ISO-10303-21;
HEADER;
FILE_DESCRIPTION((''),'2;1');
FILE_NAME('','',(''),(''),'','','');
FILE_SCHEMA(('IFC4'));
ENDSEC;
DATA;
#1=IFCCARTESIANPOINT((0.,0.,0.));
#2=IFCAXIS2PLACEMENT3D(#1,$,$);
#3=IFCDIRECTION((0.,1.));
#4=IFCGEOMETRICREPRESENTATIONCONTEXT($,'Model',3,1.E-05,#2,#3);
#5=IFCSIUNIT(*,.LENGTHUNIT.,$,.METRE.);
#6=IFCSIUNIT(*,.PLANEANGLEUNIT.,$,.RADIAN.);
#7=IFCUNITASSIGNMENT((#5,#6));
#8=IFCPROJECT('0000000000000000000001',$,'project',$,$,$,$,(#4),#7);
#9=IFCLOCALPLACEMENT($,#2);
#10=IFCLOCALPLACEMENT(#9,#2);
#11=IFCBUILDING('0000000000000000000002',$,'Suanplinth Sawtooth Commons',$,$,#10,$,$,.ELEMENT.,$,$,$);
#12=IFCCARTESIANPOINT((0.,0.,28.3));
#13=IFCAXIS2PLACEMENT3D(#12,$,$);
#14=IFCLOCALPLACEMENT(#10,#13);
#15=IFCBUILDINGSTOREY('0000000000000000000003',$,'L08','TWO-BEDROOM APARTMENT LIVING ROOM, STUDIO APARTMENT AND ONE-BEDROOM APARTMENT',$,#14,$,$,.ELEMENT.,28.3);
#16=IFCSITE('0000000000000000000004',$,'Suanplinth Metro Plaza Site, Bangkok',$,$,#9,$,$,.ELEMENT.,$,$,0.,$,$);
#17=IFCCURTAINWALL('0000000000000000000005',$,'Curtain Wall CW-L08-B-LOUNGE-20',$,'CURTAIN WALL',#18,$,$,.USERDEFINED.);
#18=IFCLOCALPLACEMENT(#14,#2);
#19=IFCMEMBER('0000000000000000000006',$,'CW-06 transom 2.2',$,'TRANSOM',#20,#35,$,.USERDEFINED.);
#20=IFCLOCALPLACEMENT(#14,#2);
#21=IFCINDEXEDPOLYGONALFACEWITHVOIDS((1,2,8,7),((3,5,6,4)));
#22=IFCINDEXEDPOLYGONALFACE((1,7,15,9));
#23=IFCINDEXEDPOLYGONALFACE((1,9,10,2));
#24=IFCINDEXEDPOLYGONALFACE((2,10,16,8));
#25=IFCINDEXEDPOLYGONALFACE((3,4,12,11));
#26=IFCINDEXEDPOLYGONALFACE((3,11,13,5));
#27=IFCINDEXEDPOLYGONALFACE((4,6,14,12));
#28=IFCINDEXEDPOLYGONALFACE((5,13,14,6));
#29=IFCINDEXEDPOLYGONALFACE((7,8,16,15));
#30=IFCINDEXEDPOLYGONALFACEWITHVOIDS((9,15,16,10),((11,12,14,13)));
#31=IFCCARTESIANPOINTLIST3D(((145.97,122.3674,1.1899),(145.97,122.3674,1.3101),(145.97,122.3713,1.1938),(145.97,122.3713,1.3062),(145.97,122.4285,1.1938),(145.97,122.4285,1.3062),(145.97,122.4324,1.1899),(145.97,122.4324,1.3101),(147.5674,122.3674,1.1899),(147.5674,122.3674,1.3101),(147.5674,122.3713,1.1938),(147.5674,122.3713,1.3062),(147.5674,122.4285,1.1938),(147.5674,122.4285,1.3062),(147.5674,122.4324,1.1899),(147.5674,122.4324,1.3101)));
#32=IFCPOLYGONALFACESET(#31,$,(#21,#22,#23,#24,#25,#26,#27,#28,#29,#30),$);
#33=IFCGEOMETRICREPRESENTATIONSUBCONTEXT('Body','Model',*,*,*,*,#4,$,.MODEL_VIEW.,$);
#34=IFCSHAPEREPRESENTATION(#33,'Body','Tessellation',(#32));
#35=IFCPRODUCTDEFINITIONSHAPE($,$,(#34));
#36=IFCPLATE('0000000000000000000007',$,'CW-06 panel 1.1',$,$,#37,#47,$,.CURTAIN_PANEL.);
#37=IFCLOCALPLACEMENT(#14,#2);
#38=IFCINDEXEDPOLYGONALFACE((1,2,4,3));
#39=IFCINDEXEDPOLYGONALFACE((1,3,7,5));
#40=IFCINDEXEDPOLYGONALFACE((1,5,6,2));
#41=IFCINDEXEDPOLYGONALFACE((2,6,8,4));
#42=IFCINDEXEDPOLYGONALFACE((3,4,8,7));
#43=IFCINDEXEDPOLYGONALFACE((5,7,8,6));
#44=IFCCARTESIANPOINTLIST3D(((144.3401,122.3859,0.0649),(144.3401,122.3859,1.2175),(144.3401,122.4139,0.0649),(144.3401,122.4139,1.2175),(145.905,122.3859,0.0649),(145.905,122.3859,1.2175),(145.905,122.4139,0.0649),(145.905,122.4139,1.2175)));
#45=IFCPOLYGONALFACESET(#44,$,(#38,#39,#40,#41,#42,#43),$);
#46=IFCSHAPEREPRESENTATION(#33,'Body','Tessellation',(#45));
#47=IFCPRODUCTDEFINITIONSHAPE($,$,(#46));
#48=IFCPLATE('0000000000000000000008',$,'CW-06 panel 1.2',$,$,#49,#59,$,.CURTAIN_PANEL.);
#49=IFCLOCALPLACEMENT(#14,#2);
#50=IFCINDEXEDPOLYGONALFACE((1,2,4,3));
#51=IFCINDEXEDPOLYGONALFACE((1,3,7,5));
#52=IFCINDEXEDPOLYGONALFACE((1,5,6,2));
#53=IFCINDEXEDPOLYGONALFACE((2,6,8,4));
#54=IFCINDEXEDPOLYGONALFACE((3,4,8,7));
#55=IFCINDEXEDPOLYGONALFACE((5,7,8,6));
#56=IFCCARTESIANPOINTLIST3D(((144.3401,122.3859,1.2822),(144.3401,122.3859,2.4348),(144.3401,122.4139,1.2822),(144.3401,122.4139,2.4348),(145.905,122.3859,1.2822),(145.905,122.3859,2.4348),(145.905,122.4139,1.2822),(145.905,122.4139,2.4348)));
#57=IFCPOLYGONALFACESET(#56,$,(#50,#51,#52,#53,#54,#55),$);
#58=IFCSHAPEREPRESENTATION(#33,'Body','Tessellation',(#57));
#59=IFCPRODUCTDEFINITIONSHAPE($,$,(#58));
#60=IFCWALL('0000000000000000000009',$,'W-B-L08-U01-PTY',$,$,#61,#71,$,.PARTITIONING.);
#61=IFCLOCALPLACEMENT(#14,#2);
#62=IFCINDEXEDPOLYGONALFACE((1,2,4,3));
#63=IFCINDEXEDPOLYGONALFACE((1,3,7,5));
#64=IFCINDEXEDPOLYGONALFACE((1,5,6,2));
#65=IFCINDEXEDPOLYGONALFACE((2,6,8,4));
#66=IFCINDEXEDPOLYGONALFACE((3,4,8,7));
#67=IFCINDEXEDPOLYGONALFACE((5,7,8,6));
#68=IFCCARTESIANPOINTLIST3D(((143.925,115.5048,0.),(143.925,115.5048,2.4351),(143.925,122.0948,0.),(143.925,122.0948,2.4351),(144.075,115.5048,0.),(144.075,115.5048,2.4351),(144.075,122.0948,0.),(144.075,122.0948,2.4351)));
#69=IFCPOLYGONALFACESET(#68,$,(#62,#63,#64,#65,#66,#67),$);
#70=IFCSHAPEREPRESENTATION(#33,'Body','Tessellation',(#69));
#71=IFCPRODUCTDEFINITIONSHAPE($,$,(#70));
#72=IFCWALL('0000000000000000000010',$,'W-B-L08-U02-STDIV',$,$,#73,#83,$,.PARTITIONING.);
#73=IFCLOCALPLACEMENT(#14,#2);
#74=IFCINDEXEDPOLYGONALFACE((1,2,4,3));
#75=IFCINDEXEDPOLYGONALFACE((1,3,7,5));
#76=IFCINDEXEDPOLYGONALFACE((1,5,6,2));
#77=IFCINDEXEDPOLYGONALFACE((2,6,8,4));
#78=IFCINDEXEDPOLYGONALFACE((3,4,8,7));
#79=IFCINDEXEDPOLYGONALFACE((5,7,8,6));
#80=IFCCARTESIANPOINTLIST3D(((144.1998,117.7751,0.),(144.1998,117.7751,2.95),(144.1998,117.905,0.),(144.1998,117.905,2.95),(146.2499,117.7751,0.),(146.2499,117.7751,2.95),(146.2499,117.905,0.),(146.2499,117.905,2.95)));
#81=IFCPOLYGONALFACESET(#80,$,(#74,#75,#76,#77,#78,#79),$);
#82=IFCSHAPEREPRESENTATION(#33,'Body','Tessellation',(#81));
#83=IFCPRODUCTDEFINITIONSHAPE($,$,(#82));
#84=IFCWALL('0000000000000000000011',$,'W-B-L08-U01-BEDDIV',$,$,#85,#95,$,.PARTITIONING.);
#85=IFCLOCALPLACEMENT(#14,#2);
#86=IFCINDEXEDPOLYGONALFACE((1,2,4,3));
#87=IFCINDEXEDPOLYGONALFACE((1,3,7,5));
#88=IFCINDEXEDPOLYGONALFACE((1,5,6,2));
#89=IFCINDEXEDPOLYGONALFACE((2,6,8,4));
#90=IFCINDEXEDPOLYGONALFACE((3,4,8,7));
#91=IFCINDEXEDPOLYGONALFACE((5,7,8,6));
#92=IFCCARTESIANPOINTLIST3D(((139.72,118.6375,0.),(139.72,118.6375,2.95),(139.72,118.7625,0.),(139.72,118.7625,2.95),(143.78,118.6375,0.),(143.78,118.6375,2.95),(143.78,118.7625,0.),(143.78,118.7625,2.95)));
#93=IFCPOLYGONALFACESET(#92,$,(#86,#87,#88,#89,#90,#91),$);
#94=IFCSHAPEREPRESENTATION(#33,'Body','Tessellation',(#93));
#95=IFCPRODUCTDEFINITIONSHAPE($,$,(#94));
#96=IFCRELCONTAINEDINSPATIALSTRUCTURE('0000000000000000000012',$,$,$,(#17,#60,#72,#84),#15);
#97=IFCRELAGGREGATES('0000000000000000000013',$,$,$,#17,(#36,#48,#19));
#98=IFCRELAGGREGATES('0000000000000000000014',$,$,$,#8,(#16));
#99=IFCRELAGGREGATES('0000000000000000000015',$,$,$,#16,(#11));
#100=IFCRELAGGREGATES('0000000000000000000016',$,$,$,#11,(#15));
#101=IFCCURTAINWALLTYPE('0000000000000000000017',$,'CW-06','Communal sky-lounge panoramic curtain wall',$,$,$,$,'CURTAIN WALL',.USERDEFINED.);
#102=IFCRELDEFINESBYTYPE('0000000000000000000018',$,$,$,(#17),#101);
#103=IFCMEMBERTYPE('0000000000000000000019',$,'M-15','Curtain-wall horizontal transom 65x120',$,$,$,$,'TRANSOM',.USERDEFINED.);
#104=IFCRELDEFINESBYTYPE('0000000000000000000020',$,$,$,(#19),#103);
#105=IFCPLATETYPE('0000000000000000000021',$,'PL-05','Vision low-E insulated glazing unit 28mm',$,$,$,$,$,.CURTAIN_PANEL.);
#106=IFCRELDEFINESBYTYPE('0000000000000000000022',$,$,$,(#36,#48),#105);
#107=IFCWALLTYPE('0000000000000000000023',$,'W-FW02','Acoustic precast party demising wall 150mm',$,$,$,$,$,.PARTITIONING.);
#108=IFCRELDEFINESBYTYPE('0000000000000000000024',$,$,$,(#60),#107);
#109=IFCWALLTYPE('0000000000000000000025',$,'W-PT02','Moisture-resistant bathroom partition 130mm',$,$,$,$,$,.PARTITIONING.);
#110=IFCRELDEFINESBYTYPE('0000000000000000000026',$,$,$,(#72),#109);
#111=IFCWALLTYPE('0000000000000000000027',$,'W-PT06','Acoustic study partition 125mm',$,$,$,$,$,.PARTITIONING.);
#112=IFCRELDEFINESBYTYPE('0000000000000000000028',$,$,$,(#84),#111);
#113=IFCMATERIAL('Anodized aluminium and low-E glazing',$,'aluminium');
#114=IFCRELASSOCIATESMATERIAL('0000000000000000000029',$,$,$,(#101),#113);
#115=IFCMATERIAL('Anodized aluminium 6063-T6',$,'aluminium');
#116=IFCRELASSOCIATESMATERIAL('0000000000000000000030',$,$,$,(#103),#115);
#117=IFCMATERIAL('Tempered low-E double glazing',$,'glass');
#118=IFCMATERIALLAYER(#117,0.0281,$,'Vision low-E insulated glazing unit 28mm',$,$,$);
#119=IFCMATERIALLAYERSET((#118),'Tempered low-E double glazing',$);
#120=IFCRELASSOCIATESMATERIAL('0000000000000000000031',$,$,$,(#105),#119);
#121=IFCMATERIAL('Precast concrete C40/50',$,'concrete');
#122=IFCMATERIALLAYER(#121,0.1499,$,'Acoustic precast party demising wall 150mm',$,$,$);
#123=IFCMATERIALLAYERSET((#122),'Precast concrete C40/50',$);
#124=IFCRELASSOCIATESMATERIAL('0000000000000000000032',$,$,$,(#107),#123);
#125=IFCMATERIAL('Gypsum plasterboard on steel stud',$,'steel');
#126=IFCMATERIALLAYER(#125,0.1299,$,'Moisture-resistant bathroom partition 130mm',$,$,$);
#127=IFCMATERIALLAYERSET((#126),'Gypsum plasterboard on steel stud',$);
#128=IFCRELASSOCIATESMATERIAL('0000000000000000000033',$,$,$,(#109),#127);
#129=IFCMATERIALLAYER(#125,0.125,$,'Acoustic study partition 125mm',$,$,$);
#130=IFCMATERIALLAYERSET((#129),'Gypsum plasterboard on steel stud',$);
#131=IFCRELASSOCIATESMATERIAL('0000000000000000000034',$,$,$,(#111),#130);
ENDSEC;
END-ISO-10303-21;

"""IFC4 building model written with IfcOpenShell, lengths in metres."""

from ifc_helpers import new_model, si_unit, direction, frame, frame_2d, origin, origin_2d, place, context, subcontext, project, spatial, rectangle, hollow_rectangle, extrude, material, layer, layer_set, material_profile, profile_set, type_object, element, aggregate, save


model = new_model("IFC4")

# Units and contexts
model_context = context("Model", 3, precision=1e-05, world=origin(), true_north=direction((0.0, 1.0)))
body_context = subcontext(model_context, "Body", "Model", "MODEL_VIEW")
ifc_project = project(units=[si_unit("LENGTHUNIT", "METRE"), si_unit("PLANEANGLEUNIT", "RADIAN")], contexts=[model_context])

# Site, building, storey
site_placement = place(None, origin())
site = spatial("IfcSite", under=ifc_project, at=site_placement, Name="Suanplinth Metro Plaza Site, Bangkok", CompositionType="ELEMENT", RefElevation=0.0)
building_placement = place(site_placement, origin())
building = spatial("IfcBuilding", under=site, at=building_placement, Name="Suanplinth Sawtooth Commons", CompositionType="ELEMENT")
storey_placement = place(building_placement, frame((0.0, 0.0, 28.3)))
storey = spatial("IfcBuildingStorey", under=building, at=storey_placement, Name="L08", Description="TWO-BEDROOM APARTMENT LIVING ROOM, STUDIO APARTMENT AND ONE-BEDROOM APARTMENT", CompositionType="ELEMENT", Elevation=28.3)

# Shared definitions
ifc_material_1 = material(Name="Precast concrete C40/50", Category="concrete")

# Curtain wall, member, plates
ifc_material_2 = material(Name="Anodized aluminium and low-E glazing", Category="aluminium")
curtain_wall_type = type_object("IfcCurtainWallType", Name="CW-06", Description="Communal sky-lounge panoramic curtain wall", ElementType="CURTAIN WALL", PredefinedType="USERDEFINED", material=ifc_material_2)
curtain_wall_placement = place(storey_placement, origin())
curtain_wall = element("IfcCurtainWall", 1, at=curtain_wall_placement, inside=storey, type_object=curtain_wall_type, Name="Curtain Wall CW-L08-B-LOUNGE-20", ObjectType="CURTAIN WALL", PredefinedType="USERDEFINED")
ifc_material_3 = material(Name="Anodized aluminium 6063-T6", Category="aluminium")
ifc_material_profile_1 = material_profile(ifc_material_3, hollow_rectangle(XDim=0.0649, YDim=0.1201, WallThickness=0.0039, at=origin_2d()), Name="ALU-TRN 65x120")
ifc_profile_set_1 = profile_set([ifc_material_profile_1], Name="Anodized aluminium 6063-T6")
member_type_1 = type_object("IfcMemberType", Name="M-15", Description="Curtain-wall horizontal transom 65x120", ElementType="TRANSOM", PredefinedType="USERDEFINED", material=ifc_profile_set_1)
member_1_placement = place(storey_placement, frame((145.97, 122.3999, 1.25), z_axis=(1.0, 0.0, 0.0), x_axis=(0.0, 1.0, 0.0)))
member_1 = element("IfcMember", 2, at=member_1_placement, type_object=member_type_1, Name="CW-06 transom 2.2", ObjectType="TRANSOM", PredefinedType="USERDEFINED", context=body_context, shape_type="SweptSolid", body=[
    extrude(hollow_rectangle(XDim=0.0649, YDim=0.1201, WallThickness=0.0039, at=origin_2d()), origin(), (0.0, 0.0, 1.0), 1.5974),
])
ifc_material_4 = material(Name="Tempered low-E double glazing", Category="glass")
ifc_layer_1 = layer(ifc_material_4, 0.0281, Name="Vision low-E insulated glazing unit 28mm")
ifc_layer_set_1 = layer_set([ifc_layer_1], Name="Tempered low-E double glazing")
plate_type = type_object("IfcPlateType", Name="PL-05", Description="Vision low-E insulated glazing unit 28mm", PredefinedType="CURTAIN_PANEL", material=ifc_layer_set_1)
plate_1_placement = place(storey_placement, frame((145.1226, 122.3999, 0.0649), z_axis=(0.0, 0.0, 1.0), x_axis=(1.0, 0.0, 0.0)))
plate_1 = element("IfcPlate", 3, at=plate_1_placement, type_object=plate_type, Name="CW-06 panel 1.1", PredefinedType="CURTAIN_PANEL", context=body_context, shape_type="SweptSolid", body=[
    extrude(rectangle(XDim=1.5649, YDim=0.0281, at=origin_2d()), origin(), (0.0, 0.0, 1.0), 1.1526),
])
plate_2_placement = place(storey_placement, frame((145.1226, 122.3999, 1.2822), z_axis=(0.0, 0.0, 1.0), x_axis=(1.0, 0.0, 0.0)))
plate_2 = element("IfcPlate", 4, at=plate_2_placement, type_object=plate_type, Name="CW-06 panel 1.2", PredefinedType="CURTAIN_PANEL", context=body_context, shape_type="SweptSolid", body=[
    extrude(rectangle(XDim=1.5649, YDim=0.0281, at=origin_2d()), origin(), (0.0, 0.0, 1.0), 1.1526),
])
aggregate(curtain_wall, [plate_1, plate_2, member_1])

# Walls
ifc_layer_2 = layer(ifc_material_1, 0.1499, Name="Acoustic precast party demising wall 150mm")
ifc_layer_set_2 = layer_set([ifc_layer_2], Name="Precast concrete C40/50")
wall_type_1 = type_object("IfcWallType", Name="W-FW02", Description="Acoustic precast party demising wall 150mm", PredefinedType="PARTITIONING", material=ifc_layer_set_2)
wall_1_placement = place(storey_placement, frame((144.0, 115.5049, 0.0), z_axis=(0.0, 0.0, 1.0), x_axis=(0.0, 1.0, 0.0)))
element("IfcWall", 5, at=wall_1_placement, inside=storey, type_object=wall_type_1, Name="W-B-L08-U01-PTY", PredefinedType="PARTITIONING", context=body_context, shape_type="SweptSolid", body=[
    extrude(rectangle(XDim=6.5901, YDim=0.1499, at=frame_2d((3.2949, 0.0))), origin(), (0.0, 0.0, 1.0), 2.4351),
])
ifc_material_5 = material(Name="Gypsum plasterboard on steel stud", Category="steel")
ifc_layer_3 = layer(ifc_material_5, 0.1299, Name="Moisture-resistant bathroom partition 130mm")
ifc_layer_set_3 = layer_set([ifc_layer_3], Name="Gypsum plasterboard on steel stud")
wall_type_2 = type_object("IfcWallType", Name="W-PT02", Description="Moisture-resistant bathroom partition 130mm", PredefinedType="PARTITIONING", material=ifc_layer_set_3)
wall_2_placement = place(storey_placement, frame((144.2, 117.8401, 0.0), z_axis=(0.0, 0.0, 1.0), x_axis=(1.0, 0.0, 0.0)))
element("IfcWall", 6, at=wall_2_placement, inside=storey, type_object=wall_type_2, Name="W-B-L08-U02-STDIV", PredefinedType="PARTITIONING", context=body_context, shape_type="SweptSolid", body=[
    extrude(rectangle(XDim=2.05, YDim=0.1299, at=frame_2d((1.0249, 0.0))), origin(), (0.0, 0.0, 1.0), 2.95),
])

# Wall
ifc_layer_4 = layer(ifc_material_5, 0.125, Name="Acoustic study partition 125mm")
ifc_layer_set_4 = layer_set([ifc_layer_4], Name="Gypsum plasterboard on steel stud")
wall_type_3 = type_object("IfcWallType", Name="W-PT06", Description="Acoustic study partition 125mm", PredefinedType="PARTITIONING", material=ifc_layer_set_4)
wall_3_placement = place(storey_placement, frame((139.72, 118.7, 0.0), z_axis=(0.0, 0.0, 1.0), x_axis=(1.0, 0.0, 0.0)))
element("IfcWall", 7, at=wall_3_placement, inside=storey, type_object=wall_type_3, Name="W-B-L08-U01-BEDDIV", PredefinedType="PARTITIONING", context=body_context, shape_type="SweptSolid", body=[
    extrude(rectangle(XDim=4.0601, YDim=0.125, at=frame_2d((2.03, 0.0))), origin(), (0.0, 0.0, 1.0), 2.95),
])

save(model, "model.ifc")
